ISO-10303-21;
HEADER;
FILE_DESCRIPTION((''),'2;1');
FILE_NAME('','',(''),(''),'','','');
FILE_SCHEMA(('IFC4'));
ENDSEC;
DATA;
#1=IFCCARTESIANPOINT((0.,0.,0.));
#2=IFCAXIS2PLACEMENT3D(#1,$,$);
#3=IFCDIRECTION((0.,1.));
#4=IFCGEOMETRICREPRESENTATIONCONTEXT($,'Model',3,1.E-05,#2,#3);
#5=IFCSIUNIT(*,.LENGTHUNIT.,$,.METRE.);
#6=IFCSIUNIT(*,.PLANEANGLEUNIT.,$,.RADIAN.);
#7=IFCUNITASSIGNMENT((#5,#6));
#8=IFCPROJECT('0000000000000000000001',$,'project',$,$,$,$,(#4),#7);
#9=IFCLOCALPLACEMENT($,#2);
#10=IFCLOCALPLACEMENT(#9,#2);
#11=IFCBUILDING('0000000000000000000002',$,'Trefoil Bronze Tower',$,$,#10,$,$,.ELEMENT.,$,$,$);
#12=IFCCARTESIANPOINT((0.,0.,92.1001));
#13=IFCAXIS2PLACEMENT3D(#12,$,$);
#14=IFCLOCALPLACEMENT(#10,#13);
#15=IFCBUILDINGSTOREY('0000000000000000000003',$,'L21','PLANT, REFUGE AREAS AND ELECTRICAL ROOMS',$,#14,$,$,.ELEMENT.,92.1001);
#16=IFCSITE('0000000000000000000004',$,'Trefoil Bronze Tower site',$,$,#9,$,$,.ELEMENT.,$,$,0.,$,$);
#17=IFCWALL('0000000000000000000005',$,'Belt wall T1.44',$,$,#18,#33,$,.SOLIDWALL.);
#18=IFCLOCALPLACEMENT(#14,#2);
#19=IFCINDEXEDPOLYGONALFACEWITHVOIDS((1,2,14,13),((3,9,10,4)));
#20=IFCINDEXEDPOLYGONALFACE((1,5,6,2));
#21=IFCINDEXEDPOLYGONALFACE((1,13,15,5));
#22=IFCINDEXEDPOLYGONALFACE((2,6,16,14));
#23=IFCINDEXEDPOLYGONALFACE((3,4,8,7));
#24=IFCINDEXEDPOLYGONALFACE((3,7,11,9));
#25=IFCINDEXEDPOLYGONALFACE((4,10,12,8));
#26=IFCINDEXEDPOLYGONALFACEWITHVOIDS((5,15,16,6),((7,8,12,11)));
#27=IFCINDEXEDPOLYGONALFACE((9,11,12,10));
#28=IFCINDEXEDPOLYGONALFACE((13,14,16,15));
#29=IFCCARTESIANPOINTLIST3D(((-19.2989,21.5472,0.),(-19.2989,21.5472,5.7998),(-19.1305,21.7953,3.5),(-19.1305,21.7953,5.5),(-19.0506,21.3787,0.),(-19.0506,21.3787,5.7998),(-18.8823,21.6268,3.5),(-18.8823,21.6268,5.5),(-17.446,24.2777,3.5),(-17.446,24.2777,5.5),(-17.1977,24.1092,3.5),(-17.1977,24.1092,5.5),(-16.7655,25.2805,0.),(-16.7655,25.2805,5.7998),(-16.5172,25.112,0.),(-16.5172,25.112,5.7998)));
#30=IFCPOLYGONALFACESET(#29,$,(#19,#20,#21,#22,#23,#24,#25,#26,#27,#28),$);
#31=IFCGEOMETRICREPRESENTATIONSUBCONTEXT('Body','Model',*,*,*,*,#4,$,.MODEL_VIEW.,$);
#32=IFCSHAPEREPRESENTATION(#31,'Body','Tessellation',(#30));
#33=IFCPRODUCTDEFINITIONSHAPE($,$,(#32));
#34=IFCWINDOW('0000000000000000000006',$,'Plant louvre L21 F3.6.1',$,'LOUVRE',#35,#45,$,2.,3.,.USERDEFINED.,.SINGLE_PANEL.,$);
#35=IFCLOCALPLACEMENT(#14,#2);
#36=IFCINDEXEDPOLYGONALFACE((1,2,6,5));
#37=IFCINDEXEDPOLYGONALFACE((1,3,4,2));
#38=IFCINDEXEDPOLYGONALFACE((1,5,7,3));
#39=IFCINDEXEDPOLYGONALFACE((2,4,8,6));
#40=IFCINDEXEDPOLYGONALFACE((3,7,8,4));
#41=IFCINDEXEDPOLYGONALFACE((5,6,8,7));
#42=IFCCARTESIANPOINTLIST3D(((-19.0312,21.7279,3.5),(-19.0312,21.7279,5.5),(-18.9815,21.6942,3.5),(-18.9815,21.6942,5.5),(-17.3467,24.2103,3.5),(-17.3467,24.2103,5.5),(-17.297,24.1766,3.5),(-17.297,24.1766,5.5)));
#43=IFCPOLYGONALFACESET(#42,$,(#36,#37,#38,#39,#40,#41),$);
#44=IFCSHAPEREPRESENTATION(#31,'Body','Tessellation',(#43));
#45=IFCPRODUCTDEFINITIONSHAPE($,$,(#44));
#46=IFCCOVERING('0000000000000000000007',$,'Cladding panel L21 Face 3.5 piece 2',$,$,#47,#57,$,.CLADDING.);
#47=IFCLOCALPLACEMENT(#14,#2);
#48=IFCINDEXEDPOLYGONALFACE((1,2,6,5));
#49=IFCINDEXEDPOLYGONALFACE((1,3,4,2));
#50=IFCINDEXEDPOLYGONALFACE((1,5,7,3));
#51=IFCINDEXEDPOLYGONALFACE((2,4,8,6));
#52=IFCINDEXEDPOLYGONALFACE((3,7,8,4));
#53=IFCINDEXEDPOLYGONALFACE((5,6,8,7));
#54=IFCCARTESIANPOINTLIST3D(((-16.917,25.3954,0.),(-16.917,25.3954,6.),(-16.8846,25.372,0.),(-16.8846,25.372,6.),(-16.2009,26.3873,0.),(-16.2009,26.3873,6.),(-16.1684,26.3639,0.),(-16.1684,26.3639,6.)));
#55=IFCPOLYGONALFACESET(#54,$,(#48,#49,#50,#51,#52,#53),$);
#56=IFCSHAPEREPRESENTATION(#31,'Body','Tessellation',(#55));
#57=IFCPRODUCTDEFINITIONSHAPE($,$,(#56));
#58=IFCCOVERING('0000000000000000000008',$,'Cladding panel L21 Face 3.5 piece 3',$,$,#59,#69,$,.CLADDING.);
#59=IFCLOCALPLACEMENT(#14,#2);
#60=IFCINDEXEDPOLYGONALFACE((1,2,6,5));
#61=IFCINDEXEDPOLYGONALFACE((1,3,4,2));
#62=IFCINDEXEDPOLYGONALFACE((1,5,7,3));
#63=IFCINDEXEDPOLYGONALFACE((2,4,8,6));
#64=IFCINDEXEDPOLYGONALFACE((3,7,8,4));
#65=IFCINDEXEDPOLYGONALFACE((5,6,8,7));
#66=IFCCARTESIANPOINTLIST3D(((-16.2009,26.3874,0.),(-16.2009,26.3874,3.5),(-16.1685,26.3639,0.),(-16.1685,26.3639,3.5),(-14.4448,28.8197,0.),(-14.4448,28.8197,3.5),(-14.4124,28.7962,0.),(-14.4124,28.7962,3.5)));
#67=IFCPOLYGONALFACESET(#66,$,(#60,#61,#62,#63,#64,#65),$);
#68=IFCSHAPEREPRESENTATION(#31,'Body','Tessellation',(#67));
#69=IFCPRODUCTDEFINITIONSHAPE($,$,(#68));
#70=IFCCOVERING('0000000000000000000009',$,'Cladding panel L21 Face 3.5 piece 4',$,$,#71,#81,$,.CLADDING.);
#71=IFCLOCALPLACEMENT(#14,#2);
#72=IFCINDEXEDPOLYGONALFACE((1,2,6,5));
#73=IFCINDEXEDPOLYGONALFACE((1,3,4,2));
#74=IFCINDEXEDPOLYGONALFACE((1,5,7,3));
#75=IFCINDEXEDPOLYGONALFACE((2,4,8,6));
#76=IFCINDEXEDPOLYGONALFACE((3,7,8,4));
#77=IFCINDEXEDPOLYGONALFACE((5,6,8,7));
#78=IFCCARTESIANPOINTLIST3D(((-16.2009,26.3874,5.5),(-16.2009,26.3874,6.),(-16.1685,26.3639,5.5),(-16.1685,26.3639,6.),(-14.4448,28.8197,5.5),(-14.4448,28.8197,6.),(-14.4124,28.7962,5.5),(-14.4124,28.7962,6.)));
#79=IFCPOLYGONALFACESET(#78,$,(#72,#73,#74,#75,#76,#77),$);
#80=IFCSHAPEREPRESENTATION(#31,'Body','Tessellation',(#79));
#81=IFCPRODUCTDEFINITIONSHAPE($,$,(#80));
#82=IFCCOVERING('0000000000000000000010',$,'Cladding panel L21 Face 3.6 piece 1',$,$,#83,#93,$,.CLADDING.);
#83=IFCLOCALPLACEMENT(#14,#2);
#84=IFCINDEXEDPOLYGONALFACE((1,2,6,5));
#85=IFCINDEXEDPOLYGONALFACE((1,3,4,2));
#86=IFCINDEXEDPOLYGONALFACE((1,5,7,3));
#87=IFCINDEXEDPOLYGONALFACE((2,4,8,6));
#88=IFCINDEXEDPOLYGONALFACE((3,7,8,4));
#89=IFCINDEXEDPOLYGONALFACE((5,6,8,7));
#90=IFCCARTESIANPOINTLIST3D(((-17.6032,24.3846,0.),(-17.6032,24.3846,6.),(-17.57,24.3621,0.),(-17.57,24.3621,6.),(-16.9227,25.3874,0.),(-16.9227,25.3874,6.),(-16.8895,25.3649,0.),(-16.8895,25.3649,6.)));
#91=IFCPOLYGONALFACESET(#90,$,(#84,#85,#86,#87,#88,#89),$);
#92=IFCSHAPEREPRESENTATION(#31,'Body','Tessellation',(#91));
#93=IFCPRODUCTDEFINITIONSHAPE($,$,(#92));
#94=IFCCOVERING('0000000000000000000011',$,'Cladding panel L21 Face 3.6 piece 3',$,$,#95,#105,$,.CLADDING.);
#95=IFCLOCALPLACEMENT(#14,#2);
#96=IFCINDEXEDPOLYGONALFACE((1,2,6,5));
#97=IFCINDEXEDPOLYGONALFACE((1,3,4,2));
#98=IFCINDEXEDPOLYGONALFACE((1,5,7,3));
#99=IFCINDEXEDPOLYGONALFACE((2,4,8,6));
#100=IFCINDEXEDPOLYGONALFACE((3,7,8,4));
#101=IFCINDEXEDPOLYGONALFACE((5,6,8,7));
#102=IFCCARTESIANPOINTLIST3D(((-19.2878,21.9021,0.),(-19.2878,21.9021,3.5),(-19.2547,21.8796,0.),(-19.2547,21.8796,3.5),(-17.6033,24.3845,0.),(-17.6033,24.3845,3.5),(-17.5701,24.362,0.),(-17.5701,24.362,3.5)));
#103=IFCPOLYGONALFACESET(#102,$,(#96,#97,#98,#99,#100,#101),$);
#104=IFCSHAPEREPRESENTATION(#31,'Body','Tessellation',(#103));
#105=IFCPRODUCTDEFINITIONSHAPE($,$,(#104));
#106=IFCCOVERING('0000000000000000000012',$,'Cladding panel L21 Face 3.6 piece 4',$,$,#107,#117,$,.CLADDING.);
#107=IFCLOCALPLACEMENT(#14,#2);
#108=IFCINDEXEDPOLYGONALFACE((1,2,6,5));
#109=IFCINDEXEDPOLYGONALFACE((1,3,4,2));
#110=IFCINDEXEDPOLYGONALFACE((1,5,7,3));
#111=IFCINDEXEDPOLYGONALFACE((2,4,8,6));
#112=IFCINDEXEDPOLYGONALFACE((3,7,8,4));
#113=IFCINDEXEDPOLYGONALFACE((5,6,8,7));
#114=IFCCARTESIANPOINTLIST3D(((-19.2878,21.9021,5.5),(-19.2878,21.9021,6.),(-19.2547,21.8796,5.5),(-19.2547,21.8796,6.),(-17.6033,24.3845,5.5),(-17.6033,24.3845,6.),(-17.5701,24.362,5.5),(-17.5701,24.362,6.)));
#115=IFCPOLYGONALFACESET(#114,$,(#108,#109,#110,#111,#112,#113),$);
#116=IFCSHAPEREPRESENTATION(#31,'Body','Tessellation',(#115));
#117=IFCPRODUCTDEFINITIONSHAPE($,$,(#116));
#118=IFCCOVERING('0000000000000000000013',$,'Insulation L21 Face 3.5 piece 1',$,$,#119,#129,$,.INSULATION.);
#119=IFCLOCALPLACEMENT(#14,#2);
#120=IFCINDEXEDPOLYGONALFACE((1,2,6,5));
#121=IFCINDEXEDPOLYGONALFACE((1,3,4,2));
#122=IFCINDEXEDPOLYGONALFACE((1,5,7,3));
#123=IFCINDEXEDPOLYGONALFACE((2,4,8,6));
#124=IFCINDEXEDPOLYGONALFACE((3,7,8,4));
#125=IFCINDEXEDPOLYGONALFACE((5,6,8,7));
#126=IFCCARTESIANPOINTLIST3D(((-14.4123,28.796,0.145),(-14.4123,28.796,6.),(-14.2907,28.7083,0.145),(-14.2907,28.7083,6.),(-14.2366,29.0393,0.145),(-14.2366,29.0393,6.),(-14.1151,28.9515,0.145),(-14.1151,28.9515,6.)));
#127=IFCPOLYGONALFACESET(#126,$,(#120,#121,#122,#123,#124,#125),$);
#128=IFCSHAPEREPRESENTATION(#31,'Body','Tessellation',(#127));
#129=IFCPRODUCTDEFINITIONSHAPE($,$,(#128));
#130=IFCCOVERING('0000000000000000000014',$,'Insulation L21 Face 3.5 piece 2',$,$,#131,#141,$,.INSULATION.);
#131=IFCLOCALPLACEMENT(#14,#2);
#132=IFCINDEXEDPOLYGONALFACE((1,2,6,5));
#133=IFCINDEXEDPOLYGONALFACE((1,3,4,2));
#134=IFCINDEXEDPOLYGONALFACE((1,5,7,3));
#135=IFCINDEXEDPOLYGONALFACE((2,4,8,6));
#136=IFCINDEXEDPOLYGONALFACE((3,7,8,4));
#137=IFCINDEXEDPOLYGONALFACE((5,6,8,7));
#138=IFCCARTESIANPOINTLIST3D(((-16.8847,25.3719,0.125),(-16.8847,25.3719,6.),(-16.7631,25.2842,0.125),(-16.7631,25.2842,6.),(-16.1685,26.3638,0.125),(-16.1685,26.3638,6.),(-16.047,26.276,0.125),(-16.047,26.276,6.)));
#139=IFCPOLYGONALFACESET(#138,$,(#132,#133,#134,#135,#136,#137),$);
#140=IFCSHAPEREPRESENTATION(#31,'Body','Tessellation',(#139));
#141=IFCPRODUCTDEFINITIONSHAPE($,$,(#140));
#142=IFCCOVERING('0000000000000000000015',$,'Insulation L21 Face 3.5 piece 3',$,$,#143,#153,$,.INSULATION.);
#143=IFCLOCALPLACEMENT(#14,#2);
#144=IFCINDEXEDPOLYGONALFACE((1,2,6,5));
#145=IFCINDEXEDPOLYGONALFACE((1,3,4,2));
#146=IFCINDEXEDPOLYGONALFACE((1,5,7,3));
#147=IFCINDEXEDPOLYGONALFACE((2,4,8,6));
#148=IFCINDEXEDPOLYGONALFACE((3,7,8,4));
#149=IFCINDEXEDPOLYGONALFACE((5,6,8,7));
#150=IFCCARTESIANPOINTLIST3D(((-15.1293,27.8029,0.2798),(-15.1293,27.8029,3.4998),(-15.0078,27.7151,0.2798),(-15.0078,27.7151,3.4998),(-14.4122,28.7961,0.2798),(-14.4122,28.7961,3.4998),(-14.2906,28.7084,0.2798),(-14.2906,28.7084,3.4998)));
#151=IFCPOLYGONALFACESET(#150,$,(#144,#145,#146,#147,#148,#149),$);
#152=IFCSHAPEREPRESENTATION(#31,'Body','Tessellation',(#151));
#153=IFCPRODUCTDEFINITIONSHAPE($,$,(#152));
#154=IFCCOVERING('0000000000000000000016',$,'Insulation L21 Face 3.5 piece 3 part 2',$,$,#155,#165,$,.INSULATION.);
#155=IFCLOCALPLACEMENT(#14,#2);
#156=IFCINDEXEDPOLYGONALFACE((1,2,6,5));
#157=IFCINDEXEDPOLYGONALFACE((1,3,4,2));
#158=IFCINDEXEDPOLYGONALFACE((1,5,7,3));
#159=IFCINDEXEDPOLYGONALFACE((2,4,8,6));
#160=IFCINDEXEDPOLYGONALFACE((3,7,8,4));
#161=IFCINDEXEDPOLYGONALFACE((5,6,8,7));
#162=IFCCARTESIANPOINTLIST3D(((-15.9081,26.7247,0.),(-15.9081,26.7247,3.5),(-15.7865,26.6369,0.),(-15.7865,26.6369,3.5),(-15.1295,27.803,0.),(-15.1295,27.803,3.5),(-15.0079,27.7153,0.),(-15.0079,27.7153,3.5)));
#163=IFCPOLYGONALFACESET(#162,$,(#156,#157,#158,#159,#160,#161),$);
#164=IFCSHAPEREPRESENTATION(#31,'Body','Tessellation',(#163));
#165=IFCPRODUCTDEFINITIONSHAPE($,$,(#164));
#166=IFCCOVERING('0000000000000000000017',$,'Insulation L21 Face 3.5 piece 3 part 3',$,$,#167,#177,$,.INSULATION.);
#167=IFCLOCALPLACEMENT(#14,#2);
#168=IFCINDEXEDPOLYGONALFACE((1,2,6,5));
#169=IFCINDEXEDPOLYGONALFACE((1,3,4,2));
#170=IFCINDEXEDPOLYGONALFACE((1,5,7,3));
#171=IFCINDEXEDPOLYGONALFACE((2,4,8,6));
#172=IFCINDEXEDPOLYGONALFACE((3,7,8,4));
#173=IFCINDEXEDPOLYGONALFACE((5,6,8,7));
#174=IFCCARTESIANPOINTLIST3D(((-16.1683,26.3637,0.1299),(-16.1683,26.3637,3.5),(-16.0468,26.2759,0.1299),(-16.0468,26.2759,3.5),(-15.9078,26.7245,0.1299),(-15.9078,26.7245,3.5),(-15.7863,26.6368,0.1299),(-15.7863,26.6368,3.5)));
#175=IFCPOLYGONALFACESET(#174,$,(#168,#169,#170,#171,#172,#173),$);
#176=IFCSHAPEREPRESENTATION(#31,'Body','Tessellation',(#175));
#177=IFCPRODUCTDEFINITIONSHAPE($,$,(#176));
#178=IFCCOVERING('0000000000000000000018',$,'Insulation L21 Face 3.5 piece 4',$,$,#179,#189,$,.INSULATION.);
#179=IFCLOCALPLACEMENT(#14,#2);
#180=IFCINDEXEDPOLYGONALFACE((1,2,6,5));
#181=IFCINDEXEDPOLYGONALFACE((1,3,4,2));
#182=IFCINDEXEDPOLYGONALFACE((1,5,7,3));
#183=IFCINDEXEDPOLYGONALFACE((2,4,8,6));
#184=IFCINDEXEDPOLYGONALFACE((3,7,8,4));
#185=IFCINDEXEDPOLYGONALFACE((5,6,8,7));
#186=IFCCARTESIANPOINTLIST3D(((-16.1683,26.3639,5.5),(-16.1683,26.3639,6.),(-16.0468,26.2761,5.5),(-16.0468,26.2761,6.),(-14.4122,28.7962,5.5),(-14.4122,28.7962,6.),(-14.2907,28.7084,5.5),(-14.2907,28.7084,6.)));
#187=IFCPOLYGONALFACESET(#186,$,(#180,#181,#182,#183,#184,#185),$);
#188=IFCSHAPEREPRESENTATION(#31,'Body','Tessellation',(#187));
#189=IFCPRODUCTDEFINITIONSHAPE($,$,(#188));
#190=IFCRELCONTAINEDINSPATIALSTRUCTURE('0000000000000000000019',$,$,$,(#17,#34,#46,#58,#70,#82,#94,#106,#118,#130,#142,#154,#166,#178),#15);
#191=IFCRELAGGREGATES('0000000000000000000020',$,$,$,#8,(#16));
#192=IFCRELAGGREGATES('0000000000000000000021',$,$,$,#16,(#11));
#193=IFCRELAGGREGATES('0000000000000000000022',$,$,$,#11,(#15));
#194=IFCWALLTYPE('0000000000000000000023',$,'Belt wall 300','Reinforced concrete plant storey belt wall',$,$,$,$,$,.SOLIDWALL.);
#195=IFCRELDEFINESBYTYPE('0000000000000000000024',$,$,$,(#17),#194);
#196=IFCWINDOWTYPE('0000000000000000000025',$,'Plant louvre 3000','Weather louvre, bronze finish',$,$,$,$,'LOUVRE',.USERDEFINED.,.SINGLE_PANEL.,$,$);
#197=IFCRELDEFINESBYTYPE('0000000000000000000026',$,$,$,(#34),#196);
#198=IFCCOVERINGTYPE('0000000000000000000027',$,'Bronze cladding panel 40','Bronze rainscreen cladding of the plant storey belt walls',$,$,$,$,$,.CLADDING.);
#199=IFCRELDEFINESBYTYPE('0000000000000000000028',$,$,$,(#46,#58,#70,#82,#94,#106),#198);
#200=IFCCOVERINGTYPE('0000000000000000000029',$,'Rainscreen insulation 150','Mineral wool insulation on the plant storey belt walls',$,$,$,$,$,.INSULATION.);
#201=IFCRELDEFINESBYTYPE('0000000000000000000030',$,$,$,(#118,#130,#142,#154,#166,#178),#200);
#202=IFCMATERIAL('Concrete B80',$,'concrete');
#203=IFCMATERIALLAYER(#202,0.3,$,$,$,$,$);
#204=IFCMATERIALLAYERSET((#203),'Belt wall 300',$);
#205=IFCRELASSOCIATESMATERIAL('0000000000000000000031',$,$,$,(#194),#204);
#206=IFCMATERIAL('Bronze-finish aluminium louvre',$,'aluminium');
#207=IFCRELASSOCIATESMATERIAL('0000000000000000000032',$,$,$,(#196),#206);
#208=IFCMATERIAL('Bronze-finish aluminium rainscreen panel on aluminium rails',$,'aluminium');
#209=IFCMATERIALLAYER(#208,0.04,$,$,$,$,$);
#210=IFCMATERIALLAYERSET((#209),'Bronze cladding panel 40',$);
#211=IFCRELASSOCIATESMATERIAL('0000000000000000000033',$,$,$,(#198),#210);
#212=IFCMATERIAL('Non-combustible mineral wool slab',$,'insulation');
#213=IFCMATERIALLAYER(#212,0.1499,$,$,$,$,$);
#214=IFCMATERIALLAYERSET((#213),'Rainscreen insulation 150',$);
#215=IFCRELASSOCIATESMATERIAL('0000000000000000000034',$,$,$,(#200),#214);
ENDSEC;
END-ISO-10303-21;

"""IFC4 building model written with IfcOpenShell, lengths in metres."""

from ifc_helpers import new_model, si_unit, direction, frame, frame_2d, origin, origin_2d, place, context, subcontext, project, spatial, rectangle, extrude, material, layer, layer_set, type_object, element, fill, save


model = new_model("IFC4")

# Units and contexts
model_context = context("Model", 3, precision=1e-05, world=origin(), true_north=direction((0.0, 1.0)))
body_context = subcontext(model_context, "Body", "Model", "MODEL_VIEW")
ifc_project = project(units=[si_unit("LENGTHUNIT", "METRE"), si_unit("PLANEANGLEUNIT", "RADIAN")], contexts=[model_context])

# Site, building, storey
site_placement = place(None, origin())
site = spatial("IfcSite", under=ifc_project, at=site_placement, Name="Trefoil Bronze Tower site", CompositionType="ELEMENT", RefElevation=0.0)
building_placement = place(site_placement, origin())
building = spatial("IfcBuilding", under=site, at=building_placement, Name="Trefoil Bronze Tower", CompositionType="ELEMENT")
storey_placement = place(building_placement, frame((0.0, 0.0, 92.1001)))
storey = spatial("IfcBuildingStorey", under=building, at=storey_placement, Name="L21", Description="PLANT, REFUGE AREAS AND ELECTRICAL ROOMS", CompositionType="ELEMENT", Elevation=92.1001)

# Wall, opening, window
ifc_material_1 = material(Name="Concrete B80", Category="concrete")
ifc_layer_1 = layer(ifc_material_1, 0.3)
ifc_layer_set_1 = layer_set([ifc_layer_1], Name="Belt wall 300")
wall_type = type_object("IfcWallType", Name="Belt wall 300", Description="Reinforced concrete plant storey belt wall", PredefinedType="SOLIDWALL", material=ifc_layer_set_1)
ifc_material_2 = material(Name="Bronze-finish aluminium louvre", Category="aluminium")
window_type = type_object("IfcWindowType", Name="Plant louvre 3000", Description="Weather louvre, bronze finish", ElementType="LOUVRE", PartitioningType="SINGLE_PANEL", PredefinedType="USERDEFINED", material=ifc_material_2)
wall_1_placement = place(storey_placement, frame((-16.6414, 25.1963, 0.0), z_axis=(0.0, 0.0, 1.0), x_axis=(-0.561512, -0.827469, 0.0)))
wall_1 = element("IfcWall", 1, at=wall_1_placement, inside=storey, type_object=wall_type, Name="Belt wall T1.44", PredefinedType="SOLIDWALL", context=body_context, shape_type="SweptSolid", body=[
    extrude(rectangle(XDim=4.5117, YDim=0.3, at=frame_2d((2.2559, 0.0))), origin(), (0.0, 0.0, 1.0), 5.7998),
])
opening_1_placement = place(wall_1_placement, frame((1.2119, 0.0, 3.5)))
opening_1 = element("IfcOpeningElement", 2, at=opening_1_placement, cuts=wall_1, PredefinedType="OPENING", context=body_context, shape_type="SweptSolid", body=[
    extrude(rectangle(XDim=3.0, YDim=2.0, at=frame_2d((1.5, 1.0))), frame((0.0, 0.1599, 0.0), z_axis=(0.0, -1.0, 0.0), x_axis=(1.0, 0.0, 0.0)), (0.0, 0.0, 1.0), 0.3201),
])
window_1_placement = place(opening_1_placement, origin())
window_1 = element("IfcWindow", 3, at=window_1_placement, inside=storey, type_object=window_type, Name="Plant louvre L21 F3.6.1", ObjectType="LOUVRE", OverallHeight=2.0, OverallWidth=3.0, PartitioningType="SINGLE_PANEL", PredefinedType="USERDEFINED", context=body_context, shape_type="SweptSolid", body=[
    extrude(rectangle(XDim=3.0, YDim=2.0, at=frame_2d((1.5, 1.0))), frame((0.0, 0.03, 0.0), z_axis=(0.0, -1.0, 0.0), x_axis=(1.0, 0.0, 0.0)), (0.0, 0.0, 1.0), 0.0601),
])
fill(opening_1, window_1)

# Coverings
ifc_material_3 = material(Name="Bronze-finish aluminium rainscreen panel on aluminium rails", Category="aluminium")
ifc_layer_2 = layer(ifc_material_3, 0.04)
ifc_layer_set_2 = layer_set([ifc_layer_2], Name="Bronze cladding panel 40")
covering_type_1 = type_object("IfcCoveringType", Name="Bronze cladding panel 40", Description="Bronze rainscreen cladding of the plant storey belt walls", PredefinedType="CLADDING", material=ifc_layer_set_2)
covering_1_placement = place(storey_placement, frame((-16.5427, 25.8796, 0.0), z_axis=(0.0, 0.0, 1.0), x_axis=(-0.585373, -0.810764, 0.0)))
element("IfcCovering", 4, at=covering_1_placement, inside=storey, type_object=covering_type_1, Name="Cladding panel L21 Face 3.5 piece 2", PredefinedType="CLADDING", context=body_context, shape_type="SweptSolid", body=[
    extrude(rectangle(XDim=1.2234, YDim=0.04, at=origin_2d()), origin(), (0.0, 0.0, 1.0), 6.0),
])
covering_2_placement = place(storey_placement, frame((-15.3066, 27.5918, 0.0), z_axis=(0.0, 0.0, 1.0), x_axis=(-0.585373, -0.810764, 0.0)))
element("IfcCovering", 5, at=covering_2_placement, inside=storey, type_object=covering_type_1, Name="Cladding panel L21 Face 3.5 piece 3", PredefinedType="CLADDING", context=body_context, shape_type="SweptSolid", body=[
    extrude(rectangle(XDim=3.0, YDim=0.04, at=origin_2d()), origin(), (0.0, 0.0, 1.0), 3.5),
])
covering_3_placement = place(storey_placement, frame((-15.3066, 27.5918, 5.5), z_axis=(0.0, 0.0, 1.0), x_axis=(-0.585373, -0.810764, 0.0)))
element("IfcCovering", 6, at=covering_3_placement, inside=storey, type_object=covering_type_1, Name="Cladding panel L21 Face 3.5 piece 4", PredefinedType="CLADDING", context=body_context, shape_type="SweptSolid", body=[
    extrude(rectangle(XDim=3.0, YDim=0.04, at=origin_2d()), origin(), (0.0, 0.0, 1.0), 0.5),
])
covering_4_placement = place(storey_placement, frame((-17.2463, 24.8748, 0.0), z_axis=(0.0, 0.0, 1.0), x_axis=(-0.56151, -0.82747, 0.0)))
element("IfcCovering", 7, at=covering_4_placement, inside=storey, type_object=covering_type_1, Name="Cladding panel L21 Face 3.6 piece 1", PredefinedType="CLADDING", context=body_context, shape_type="SweptSolid", body=[
    extrude(rectangle(XDim=1.2119, YDim=0.04, at=origin_2d()), origin(), (0.0, 0.0, 1.0), 6.0),
])
covering_5_placement = place(storey_placement, frame((-18.429, 23.1321, 0.0), z_axis=(0.0, 0.0, 1.0), x_axis=(-0.56151, -0.82747, 0.0)))
element("IfcCovering", 8, at=covering_5_placement, inside=storey, type_object=covering_type_1, Name="Cladding panel L21 Face 3.6 piece 3", PredefinedType="CLADDING", context=body_context, shape_type="SweptSolid", body=[
    extrude(rectangle(XDim=3.0, YDim=0.04, at=origin_2d()), origin(), (0.0, 0.0, 1.0), 3.5),
])
covering_6_placement = place(storey_placement, frame((-18.429, 23.1321, 5.5), z_axis=(0.0, 0.0, 1.0), x_axis=(-0.56151, -0.82747, 0.0)))
element("IfcCovering", 9, at=covering_6_placement, inside=storey, type_object=covering_type_1, Name="Cladding panel L21 Face 3.6 piece 4", PredefinedType="CLADDING", context=body_context, shape_type="SweptSolid", body=[
    extrude(rectangle(XDim=3.0, YDim=0.04, at=origin_2d()), origin(), (0.0, 0.0, 1.0), 0.5),
])
ifc_material_4 = material(Name="Non-combustible mineral wool slab", Category="insulation")
ifc_layer_3 = layer(ifc_material_4, 0.1499)
ifc_layer_set_3 = layer_set([ifc_layer_3], Name="Rainscreen insulation 150")
covering_type_2 = type_object("IfcCoveringType", Name="Rainscreen insulation 150", Description="Mineral wool insulation on the plant storey belt walls", PredefinedType="INSULATION", material=ifc_layer_set_3)
covering_7_placement = place(storey_placement, frame((-14.2637, 28.8738, 0.145), z_axis=(0.0, 0.0, 1.0), x_axis=(-0.585373, -0.810764, 0.0)))
element("IfcCovering", 10, at=covering_7_placement, inside=storey, type_object=covering_type_2, Name="Insulation L21 Face 3.5 piece 1", PredefinedType="INSULATION", context=body_context, shape_type="SweptSolid", body=[
    extrude(rectangle(XDim=0.3, YDim=0.1499, at=origin_2d()), origin(), (0.0, 0.0, 1.0), 5.855),
])
covering_8_placement = place(storey_placement, frame((-16.4658, 25.824, 0.125), z_axis=(0.0, 0.0, 1.0), x_axis=(-0.585373, -0.810764, 0.0)))
element("IfcCovering", 11, at=covering_8_placement, inside=storey, type_object=covering_type_2, Name="Insulation L21 Face 3.5 piece 2", PredefinedType="INSULATION", context=body_context, shape_type="SweptSolid", body=[
    extrude(rectangle(XDim=1.2234, YDim=0.1499, at=origin_2d()), origin(), (0.0, 0.0, 1.0), 5.875),
])
covering_9_placement = place(storey_placement, frame((-14.71, 28.2556, 0.2798), z_axis=(0.0, 0.0, 1.0), x_axis=(-0.585373, -0.810764, 0.0)))
element("IfcCovering", 12, at=covering_9_placement, inside=storey, type_object=covering_type_2, Name="Insulation L21 Face 3.5 piece 3", PredefinedType="INSULATION", context=body_context, shape_type="SweptSolid", body=[
    extrude(rectangle(XDim=1.2251, YDim=0.1499, at=origin_2d()), origin(), (0.0, 0.0, 1.0), 3.22),
])
covering_10_placement = place(storey_placement, frame((-15.458, 27.22, 0.0), z_axis=(0.0, 0.0, 1.0), x_axis=(-0.585373, -0.810764, 0.0)))
element("IfcCovering", 13, at=covering_10_placement, inside=storey, type_object=covering_type_2, Name="Insulation L21 Face 3.5 piece 3 part 2", PredefinedType="INSULATION", context=body_context, shape_type="SweptSolid", body=[
    extrude(rectangle(XDim=1.3301, YDim=0.1499, at=origin_2d()), origin(), (0.0, 0.0, 1.0), 3.5),
])
covering_11_placement = place(storey_placement, frame((-15.9773, 26.5002, 0.1299), z_axis=(0.0, 0.0, 1.0), x_axis=(-0.585373, -0.810764, 0.0)))
element("IfcCovering", 14, at=covering_11_placement, inside=storey, type_object=covering_type_2, Name="Insulation L21 Face 3.5 piece 3 part 3", PredefinedType="INSULATION", context=body_context, shape_type="SweptSolid", body=[
    extrude(rectangle(XDim=0.4451, YDim=0.1499, at=origin_2d()), origin(), (0.0, 0.0, 1.0), 3.3701),
])
covering_12_placement = place(storey_placement, frame((-15.2295, 27.5361, 5.5), z_axis=(0.0, 0.0, 1.0), x_axis=(-0.585373, -0.810764, 0.0)))
element("IfcCovering", 15, at=covering_12_placement, inside=storey, type_object=covering_type_2, Name="Insulation L21 Face 3.5 piece 4", PredefinedType="INSULATION", context=body_context, shape_type="SweptSolid", body=[
    extrude(rectangle(XDim=3.0, YDim=0.1499, at=origin_2d()), origin(), (0.0, 0.0, 1.0), 0.5),
])

save(model, "model.ifc")
